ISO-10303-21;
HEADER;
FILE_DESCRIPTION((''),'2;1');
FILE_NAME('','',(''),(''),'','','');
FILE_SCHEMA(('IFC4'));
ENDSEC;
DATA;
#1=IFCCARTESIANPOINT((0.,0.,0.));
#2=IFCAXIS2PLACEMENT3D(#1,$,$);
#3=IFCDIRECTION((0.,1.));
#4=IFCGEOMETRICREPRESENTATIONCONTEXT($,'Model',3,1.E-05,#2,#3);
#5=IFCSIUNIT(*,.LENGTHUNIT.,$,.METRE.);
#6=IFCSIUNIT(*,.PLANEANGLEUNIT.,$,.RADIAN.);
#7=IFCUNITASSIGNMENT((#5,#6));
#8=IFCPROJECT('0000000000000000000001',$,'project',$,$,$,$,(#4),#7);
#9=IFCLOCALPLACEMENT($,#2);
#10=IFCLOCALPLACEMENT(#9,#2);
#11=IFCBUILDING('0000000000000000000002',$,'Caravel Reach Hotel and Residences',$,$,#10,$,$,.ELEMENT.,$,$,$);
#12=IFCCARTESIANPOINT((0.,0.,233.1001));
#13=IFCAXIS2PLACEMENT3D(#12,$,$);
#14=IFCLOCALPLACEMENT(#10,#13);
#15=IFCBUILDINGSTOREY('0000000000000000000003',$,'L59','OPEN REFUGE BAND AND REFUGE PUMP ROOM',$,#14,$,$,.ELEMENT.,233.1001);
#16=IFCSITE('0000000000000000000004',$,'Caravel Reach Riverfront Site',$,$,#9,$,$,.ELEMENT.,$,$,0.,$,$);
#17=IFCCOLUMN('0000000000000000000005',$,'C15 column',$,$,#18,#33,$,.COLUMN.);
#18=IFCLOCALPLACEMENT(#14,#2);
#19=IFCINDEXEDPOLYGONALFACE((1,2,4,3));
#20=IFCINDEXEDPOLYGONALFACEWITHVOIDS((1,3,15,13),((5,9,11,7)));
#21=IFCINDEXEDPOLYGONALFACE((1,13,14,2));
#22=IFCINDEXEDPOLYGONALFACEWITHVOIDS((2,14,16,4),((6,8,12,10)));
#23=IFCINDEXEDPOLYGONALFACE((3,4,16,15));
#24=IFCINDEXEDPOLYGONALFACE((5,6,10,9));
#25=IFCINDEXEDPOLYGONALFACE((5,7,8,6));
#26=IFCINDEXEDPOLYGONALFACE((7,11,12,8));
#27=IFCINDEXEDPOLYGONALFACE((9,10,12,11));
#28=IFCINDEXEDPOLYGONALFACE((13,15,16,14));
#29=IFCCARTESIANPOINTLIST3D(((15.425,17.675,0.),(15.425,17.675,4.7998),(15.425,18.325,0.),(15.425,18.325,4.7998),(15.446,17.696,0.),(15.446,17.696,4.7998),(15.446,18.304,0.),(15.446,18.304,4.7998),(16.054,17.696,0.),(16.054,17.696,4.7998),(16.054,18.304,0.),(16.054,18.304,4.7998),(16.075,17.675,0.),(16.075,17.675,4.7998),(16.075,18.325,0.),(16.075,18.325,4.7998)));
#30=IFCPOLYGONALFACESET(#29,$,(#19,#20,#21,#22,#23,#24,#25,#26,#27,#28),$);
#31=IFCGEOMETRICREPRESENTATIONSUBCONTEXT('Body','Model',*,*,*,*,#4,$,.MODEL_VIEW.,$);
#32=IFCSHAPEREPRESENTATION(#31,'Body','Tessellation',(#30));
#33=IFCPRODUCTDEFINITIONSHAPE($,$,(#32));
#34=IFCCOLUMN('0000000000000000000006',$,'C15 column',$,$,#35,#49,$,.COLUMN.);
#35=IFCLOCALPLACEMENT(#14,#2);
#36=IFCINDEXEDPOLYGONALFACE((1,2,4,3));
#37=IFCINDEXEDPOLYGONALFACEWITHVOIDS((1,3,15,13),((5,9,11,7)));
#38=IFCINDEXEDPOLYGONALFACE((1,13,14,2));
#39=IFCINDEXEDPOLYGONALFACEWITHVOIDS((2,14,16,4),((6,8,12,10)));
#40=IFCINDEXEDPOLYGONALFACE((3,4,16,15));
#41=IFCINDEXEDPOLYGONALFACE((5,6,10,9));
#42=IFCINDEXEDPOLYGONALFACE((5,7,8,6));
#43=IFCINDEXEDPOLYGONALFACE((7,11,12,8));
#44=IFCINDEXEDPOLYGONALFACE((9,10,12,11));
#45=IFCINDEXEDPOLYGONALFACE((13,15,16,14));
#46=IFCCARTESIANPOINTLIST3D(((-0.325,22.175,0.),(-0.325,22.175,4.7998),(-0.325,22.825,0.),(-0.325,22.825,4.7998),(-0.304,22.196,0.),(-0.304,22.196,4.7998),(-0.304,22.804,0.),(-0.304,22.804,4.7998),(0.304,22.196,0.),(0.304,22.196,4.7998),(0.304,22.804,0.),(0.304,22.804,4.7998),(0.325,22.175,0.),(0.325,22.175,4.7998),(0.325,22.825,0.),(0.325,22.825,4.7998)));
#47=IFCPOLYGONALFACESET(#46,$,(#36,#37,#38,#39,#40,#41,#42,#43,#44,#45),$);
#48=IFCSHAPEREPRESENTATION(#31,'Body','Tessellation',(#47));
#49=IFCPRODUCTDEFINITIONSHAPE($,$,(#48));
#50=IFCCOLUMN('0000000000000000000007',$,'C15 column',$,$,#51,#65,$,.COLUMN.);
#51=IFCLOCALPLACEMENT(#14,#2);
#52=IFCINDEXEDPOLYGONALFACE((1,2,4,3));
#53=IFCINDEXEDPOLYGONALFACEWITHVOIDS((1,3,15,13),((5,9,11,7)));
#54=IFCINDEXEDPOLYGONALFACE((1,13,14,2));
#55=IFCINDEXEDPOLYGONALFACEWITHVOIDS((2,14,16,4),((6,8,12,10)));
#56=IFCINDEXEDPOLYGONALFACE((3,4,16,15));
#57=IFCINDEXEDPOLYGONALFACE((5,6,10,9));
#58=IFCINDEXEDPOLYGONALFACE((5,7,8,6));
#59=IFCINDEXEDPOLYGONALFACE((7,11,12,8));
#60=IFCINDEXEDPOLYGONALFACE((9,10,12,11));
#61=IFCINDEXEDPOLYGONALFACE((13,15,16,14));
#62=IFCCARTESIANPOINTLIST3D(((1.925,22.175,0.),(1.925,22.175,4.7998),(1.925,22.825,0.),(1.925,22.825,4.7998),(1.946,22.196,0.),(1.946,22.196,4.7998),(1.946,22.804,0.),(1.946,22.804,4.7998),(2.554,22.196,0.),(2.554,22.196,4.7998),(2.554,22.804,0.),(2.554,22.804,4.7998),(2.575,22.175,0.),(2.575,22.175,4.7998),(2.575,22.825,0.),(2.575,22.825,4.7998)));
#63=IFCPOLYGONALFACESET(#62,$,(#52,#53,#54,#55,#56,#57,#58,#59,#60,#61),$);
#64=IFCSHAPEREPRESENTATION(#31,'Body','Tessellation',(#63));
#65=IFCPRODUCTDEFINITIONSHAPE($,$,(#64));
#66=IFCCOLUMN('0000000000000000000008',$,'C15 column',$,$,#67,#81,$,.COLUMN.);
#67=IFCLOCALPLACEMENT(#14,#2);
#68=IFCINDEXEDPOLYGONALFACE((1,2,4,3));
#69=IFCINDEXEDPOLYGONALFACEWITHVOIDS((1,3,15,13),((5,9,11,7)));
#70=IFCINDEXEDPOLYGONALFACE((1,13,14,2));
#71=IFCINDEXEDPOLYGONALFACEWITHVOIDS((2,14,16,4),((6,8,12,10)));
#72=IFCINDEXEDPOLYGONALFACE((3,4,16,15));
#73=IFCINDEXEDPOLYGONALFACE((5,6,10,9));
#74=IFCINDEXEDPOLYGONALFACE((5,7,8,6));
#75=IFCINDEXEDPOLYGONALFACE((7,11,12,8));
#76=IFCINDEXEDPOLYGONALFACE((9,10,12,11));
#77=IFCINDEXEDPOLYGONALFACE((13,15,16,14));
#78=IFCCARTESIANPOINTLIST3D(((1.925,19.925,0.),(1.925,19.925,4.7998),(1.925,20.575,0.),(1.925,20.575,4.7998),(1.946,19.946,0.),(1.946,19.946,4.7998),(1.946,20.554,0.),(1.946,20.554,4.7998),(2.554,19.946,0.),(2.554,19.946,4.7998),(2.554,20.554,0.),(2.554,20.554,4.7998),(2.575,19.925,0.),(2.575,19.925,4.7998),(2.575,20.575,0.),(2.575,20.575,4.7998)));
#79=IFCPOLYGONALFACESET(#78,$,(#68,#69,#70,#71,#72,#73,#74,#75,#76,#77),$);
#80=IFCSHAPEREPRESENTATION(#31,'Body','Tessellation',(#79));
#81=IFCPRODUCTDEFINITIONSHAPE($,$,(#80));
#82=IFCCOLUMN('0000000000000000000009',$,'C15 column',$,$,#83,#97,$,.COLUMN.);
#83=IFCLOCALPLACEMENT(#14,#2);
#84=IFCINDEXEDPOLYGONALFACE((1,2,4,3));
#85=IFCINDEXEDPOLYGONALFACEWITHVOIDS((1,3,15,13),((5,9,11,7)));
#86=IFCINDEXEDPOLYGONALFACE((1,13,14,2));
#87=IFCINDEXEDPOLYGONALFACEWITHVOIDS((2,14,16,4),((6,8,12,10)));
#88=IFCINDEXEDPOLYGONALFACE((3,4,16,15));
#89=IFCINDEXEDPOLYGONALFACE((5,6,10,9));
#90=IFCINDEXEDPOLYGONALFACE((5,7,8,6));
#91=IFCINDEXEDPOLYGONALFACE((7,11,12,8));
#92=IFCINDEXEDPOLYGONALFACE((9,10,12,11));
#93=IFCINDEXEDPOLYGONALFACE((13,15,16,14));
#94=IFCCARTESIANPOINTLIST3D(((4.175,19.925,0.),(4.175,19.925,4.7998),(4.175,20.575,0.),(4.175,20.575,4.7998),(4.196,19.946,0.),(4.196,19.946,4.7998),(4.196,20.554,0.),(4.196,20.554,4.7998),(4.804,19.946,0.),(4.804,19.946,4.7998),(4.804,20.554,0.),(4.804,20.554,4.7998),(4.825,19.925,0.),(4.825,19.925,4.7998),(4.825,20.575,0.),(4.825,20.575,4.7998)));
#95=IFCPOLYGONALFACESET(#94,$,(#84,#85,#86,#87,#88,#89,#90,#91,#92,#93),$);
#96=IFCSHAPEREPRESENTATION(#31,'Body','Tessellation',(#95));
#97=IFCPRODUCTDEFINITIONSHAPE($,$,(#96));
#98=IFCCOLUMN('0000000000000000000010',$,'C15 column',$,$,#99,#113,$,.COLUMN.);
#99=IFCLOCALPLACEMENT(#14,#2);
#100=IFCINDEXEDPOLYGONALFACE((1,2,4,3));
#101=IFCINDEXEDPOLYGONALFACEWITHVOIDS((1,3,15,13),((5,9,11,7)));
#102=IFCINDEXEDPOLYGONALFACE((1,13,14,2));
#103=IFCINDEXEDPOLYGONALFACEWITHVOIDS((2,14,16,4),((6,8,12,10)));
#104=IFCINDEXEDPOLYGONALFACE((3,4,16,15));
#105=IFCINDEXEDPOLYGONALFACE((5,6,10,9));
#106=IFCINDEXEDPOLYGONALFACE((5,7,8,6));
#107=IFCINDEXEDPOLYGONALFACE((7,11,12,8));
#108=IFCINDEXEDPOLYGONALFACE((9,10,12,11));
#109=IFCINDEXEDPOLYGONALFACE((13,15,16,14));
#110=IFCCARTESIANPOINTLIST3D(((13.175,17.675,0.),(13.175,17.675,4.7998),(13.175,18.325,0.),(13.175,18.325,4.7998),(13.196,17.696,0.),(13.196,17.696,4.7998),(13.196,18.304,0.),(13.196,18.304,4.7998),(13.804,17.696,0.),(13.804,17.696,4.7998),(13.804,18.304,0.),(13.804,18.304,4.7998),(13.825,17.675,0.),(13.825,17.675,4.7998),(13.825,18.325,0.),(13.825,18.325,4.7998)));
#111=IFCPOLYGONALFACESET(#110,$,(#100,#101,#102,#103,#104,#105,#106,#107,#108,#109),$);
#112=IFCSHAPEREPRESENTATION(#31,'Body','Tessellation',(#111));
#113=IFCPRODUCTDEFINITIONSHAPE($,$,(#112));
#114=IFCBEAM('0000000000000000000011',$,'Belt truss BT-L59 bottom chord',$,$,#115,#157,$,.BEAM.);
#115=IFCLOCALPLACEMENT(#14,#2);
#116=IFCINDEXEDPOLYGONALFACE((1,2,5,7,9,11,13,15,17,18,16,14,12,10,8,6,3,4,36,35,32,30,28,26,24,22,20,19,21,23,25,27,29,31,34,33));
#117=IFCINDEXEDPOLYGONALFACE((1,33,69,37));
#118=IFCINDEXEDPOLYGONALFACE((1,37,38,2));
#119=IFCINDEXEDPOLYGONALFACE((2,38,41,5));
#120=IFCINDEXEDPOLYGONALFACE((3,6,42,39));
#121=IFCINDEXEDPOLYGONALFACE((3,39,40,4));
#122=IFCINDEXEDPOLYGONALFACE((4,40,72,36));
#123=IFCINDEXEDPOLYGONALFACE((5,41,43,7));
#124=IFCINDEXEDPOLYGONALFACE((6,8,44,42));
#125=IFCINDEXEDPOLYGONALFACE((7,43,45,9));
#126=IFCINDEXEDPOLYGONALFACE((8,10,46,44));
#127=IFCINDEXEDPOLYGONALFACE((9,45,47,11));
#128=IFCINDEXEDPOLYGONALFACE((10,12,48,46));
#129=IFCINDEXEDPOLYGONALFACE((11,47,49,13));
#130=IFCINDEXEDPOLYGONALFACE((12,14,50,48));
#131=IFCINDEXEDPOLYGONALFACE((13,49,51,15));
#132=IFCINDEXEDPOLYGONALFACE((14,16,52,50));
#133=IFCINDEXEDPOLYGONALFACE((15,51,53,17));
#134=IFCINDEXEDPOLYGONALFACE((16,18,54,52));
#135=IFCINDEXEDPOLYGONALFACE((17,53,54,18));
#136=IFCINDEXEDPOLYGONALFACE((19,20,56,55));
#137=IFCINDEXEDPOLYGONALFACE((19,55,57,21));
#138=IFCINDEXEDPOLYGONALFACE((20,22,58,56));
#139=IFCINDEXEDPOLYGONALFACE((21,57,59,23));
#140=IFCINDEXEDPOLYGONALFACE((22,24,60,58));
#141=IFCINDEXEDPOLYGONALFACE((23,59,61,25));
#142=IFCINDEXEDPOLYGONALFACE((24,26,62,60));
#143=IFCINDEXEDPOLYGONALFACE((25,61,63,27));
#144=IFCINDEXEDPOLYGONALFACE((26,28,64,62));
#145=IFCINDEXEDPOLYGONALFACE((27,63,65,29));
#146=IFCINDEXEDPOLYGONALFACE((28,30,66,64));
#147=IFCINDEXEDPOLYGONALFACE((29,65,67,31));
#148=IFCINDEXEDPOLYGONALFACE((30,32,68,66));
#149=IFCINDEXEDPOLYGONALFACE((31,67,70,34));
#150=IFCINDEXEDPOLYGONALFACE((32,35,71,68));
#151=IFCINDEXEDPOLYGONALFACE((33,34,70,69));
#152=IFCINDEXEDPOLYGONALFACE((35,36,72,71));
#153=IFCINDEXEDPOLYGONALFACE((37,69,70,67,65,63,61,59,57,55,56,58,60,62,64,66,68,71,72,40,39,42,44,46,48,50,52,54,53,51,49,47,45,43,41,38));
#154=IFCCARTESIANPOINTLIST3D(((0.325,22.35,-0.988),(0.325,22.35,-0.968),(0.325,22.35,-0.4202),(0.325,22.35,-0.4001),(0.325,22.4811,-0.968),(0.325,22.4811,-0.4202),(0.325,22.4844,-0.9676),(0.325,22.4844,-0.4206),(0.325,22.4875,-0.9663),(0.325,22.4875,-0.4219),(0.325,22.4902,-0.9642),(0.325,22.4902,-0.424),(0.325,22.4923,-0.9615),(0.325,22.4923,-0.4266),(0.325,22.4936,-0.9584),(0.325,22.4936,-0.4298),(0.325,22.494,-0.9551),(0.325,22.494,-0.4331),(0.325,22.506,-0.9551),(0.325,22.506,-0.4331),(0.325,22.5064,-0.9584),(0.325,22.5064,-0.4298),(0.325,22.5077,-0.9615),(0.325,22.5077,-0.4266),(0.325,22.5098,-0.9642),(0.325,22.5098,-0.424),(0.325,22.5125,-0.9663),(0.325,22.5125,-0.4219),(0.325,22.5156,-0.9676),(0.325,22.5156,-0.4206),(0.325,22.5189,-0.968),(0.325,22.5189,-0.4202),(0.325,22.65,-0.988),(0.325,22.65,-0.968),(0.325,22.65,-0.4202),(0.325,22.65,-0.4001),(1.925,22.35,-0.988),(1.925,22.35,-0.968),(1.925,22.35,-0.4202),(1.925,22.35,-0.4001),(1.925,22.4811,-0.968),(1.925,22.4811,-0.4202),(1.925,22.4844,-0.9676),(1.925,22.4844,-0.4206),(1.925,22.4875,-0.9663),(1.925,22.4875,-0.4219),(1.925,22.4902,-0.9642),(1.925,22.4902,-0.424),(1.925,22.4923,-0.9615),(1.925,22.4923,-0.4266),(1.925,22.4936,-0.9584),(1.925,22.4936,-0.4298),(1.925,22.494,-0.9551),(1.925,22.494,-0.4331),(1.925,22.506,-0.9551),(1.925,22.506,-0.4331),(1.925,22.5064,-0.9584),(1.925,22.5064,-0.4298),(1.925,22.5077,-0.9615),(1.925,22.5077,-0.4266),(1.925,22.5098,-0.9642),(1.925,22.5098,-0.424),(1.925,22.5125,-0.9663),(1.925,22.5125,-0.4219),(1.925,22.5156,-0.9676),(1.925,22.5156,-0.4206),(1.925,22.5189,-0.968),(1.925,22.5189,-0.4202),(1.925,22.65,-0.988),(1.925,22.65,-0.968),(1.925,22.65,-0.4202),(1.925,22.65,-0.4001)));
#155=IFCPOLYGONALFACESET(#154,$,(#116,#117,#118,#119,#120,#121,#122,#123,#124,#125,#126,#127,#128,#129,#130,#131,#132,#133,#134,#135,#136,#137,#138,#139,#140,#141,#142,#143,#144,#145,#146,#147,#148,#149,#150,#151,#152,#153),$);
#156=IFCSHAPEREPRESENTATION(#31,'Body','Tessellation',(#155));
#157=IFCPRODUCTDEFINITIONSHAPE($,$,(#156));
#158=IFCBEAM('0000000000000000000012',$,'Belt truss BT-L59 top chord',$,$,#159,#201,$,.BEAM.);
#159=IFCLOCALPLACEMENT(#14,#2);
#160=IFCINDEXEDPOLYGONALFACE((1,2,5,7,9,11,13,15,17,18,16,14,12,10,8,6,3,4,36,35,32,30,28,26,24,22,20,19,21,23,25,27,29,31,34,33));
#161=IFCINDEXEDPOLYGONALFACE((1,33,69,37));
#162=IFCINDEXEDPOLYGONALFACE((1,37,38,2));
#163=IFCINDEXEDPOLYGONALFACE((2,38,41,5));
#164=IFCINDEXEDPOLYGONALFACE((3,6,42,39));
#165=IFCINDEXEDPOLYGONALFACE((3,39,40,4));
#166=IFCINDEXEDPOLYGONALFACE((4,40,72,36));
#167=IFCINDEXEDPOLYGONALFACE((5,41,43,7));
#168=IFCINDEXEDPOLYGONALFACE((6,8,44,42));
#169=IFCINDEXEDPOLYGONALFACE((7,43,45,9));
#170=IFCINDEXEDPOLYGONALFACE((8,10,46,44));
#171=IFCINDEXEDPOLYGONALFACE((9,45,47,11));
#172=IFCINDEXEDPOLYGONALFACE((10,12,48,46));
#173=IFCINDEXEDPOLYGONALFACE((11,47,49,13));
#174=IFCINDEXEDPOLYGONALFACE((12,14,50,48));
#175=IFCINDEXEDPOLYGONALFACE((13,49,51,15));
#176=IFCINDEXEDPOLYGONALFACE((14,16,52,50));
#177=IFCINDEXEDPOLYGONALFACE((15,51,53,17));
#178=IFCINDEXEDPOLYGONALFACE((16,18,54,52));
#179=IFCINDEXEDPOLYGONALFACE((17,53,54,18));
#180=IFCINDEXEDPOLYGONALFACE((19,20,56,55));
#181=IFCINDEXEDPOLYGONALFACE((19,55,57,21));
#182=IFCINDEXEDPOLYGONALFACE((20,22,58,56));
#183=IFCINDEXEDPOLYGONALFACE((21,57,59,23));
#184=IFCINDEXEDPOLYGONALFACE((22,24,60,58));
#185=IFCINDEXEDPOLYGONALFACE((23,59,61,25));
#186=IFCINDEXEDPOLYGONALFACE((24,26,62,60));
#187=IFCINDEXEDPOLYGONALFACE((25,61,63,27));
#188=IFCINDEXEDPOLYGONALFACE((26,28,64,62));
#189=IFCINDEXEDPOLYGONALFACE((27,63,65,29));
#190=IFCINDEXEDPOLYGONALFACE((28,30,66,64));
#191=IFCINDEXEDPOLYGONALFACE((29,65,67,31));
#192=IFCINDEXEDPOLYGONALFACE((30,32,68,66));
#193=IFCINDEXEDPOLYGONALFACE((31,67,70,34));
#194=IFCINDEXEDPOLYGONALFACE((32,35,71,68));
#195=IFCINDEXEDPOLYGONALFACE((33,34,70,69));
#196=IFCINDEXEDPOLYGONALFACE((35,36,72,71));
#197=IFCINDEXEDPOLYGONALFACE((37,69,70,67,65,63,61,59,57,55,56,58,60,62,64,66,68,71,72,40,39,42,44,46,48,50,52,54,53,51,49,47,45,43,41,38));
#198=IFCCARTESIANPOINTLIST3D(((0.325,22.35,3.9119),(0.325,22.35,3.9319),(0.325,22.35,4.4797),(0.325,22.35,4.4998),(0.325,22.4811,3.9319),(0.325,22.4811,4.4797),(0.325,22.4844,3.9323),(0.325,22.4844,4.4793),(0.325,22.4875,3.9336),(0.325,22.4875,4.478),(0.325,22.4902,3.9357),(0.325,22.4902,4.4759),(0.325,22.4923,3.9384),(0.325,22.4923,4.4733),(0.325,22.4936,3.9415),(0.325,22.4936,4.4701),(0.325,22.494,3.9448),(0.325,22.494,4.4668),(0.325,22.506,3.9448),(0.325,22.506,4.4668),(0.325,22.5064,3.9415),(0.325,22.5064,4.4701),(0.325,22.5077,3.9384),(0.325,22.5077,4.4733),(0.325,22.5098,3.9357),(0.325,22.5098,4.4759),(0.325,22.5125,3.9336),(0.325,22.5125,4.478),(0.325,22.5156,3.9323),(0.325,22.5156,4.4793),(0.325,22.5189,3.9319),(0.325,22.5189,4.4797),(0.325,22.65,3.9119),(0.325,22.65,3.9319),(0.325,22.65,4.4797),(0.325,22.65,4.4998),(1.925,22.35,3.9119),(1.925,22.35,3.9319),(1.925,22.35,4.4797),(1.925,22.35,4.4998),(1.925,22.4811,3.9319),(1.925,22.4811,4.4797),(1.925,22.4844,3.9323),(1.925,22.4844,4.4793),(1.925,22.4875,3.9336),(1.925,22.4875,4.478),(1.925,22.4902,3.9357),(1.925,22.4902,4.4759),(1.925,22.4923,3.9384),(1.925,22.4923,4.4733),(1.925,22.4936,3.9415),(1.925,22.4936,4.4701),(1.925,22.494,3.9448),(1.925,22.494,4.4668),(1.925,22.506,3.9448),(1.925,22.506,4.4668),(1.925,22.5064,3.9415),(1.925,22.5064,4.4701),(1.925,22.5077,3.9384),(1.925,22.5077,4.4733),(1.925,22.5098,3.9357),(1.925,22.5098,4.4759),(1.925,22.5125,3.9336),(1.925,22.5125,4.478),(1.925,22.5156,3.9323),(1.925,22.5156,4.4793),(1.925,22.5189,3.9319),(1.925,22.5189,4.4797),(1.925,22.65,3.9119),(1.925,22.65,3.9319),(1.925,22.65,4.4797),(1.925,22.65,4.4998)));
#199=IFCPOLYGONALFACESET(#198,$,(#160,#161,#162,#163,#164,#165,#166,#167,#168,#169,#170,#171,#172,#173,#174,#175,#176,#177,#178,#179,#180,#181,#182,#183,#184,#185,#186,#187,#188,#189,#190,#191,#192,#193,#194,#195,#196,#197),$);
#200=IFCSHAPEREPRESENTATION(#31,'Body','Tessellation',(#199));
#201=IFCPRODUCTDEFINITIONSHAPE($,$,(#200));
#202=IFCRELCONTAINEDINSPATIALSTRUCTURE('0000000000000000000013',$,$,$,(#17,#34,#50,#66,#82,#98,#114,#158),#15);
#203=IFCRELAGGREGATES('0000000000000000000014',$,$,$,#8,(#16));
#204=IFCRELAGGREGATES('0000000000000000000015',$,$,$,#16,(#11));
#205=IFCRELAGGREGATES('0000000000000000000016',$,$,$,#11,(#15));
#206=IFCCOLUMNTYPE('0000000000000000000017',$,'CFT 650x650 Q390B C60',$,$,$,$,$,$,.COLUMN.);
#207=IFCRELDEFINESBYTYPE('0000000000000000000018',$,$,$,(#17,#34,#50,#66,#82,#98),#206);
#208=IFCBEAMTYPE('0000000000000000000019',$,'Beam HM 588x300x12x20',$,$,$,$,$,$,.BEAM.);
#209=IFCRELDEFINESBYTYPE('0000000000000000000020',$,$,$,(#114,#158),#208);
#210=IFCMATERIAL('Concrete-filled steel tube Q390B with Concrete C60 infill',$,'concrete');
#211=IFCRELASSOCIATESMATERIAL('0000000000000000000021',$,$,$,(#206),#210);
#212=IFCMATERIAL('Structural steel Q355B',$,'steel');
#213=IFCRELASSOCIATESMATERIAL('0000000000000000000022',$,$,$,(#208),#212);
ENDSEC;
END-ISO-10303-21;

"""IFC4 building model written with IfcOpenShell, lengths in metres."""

from ifc_helpers import new_model, si_unit, direction, frame, origin, origin_2d, place, context, subcontext, project, spatial, hollow_rectangle, i_section, extrude, material, material_profile, profile_set, type_object, element, save


model = new_model("IFC4")

# Units and contexts
model_context = context("Model", 3, precision=1e-05, world=origin(), true_north=direction((0.0, 1.0)))
body_context = subcontext(model_context, "Body", "Model", "MODEL_VIEW")
ifc_project = project(units=[si_unit("LENGTHUNIT", "METRE"), si_unit("PLANEANGLEUNIT", "RADIAN")], contexts=[model_context])

# Site, building, storey
site_placement = place(None, origin())
site = spatial("IfcSite", under=ifc_project, at=site_placement, Name="Caravel Reach Riverfront Site", CompositionType="ELEMENT", RefElevation=0.0)
building_placement = place(site_placement, origin())
building = spatial("IfcBuilding", under=site, at=building_placement, Name="Caravel Reach Hotel and Residences", CompositionType="ELEMENT")
storey_placement = place(building_placement, frame((0.0, 0.0, 233.1001)))
storey = spatial("IfcBuildingStorey", under=building, at=storey_placement, Name="L59", Description="OPEN REFUGE BAND AND REFUGE PUMP ROOM", CompositionType="ELEMENT", Elevation=233.1001)

# Columns
ifc_material_1 = material(Name="Concrete-filled steel tube Q390B with Concrete C60 infill", Category="concrete")
ifc_material_profile_1 = material_profile(ifc_material_1, hollow_rectangle(XDim=0.6499, YDim=0.6499, WallThickness=0.021, at=origin_2d()), Name="RHS 650x650x21")
ifc_profile_set_1 = profile_set([ifc_material_profile_1], Name="Concrete-filled steel tube Q390B with Concrete C60 infill")
column_type = type_object("IfcColumnType", Name="CFT 650x650 Q390B C60", PredefinedType="COLUMN", material=ifc_profile_set_1)
for number, where, z_axis, x_axis, name in (
    (1, (15.75, 18.0, 0.0), (0.0, 0.0, 1.0), (1.0, 0.0, 0.0), "C15 column"),
    (2, (0.0, 22.5, 0.0), (0.0, 0.0, 1.0), (1.0, 0.0, 0.0), "C15 column"),
    (3, (2.25, 22.5, 0.0), (0.0, 0.0, 1.0), (1.0, 0.0, 0.0), "C15 column"),
    (4, (2.25, 20.25, 0.0), (0.0, 0.0, 1.0), (1.0, 0.0, 0.0), "C15 column"),
    (5, (4.5, 20.25, 0.0), (0.0, 0.0, 1.0), (1.0, 0.0, 0.0), "C15 column"),
    (6, (13.5, 18.0, 0.0), (0.0, 0.0, 1.0), (1.0, 0.0, 0.0), "C15 column"),
):
    element("IfcColumn", number, at=place(storey_placement, frame(where, z_axis=z_axis, x_axis=x_axis)), inside=storey, type_object=column_type, Name=name, PredefinedType="COLUMN", context=body_context, shape_type="SweptSolid", body=[
        extrude(hollow_rectangle(XDim=0.6499, YDim=0.6499, WallThickness=0.021, at=origin_2d()), origin(), (0.0, 0.0, 1.0), 4.7998),
    ])

# Beams
ifc_material_2 = material(Name="Structural steel Q355B", Category="steel")
ifc_material_profile_2 = material_profile(ifc_material_2, i_section(OverallWidth=0.3, OverallDepth=0.5879, WebThickness=0.012, FlangeThickness=0.02, FilletRadius=0.0129, at=origin_2d()), Name="HM 588x300x12x20")
ifc_profile_set_2 = profile_set([ifc_material_profile_2], Name="Structural steel Q355B")
beam_type_1 = type_object("IfcBeamType", Name="Beam HM 588x300x12x20", PredefinedType="BEAM", material=ifc_profile_set_2)
for number, where, z_axis, x_axis, name in (
    (7, (0.325, 22.5, -0.6941), (1.0, 0.0, 0.0), (0.0, 1.0, 0.0), "Belt truss BT-L59 bottom chord"),
    (8, (0.325, 22.5, 4.2058), (1.0, 0.0, 0.0), (0.0, 1.0, 0.0), "Belt truss BT-L59 top chord"),
):
    element("IfcBeam", number, at=place(storey_placement, frame(where, z_axis=z_axis, x_axis=x_axis)), inside=storey, type_object=beam_type_1, Name=name, PredefinedType="BEAM", context=body_context, shape_type="SweptSolid", body=[
        extrude(i_section(OverallWidth=0.3, OverallDepth=0.5879, WebThickness=0.012, FlangeThickness=0.02, FilletRadius=0.0129, at=origin_2d()), origin(), (0.0, 0.0, 1.0), 1.6001),
    ])

save(model, "model.ifc")
